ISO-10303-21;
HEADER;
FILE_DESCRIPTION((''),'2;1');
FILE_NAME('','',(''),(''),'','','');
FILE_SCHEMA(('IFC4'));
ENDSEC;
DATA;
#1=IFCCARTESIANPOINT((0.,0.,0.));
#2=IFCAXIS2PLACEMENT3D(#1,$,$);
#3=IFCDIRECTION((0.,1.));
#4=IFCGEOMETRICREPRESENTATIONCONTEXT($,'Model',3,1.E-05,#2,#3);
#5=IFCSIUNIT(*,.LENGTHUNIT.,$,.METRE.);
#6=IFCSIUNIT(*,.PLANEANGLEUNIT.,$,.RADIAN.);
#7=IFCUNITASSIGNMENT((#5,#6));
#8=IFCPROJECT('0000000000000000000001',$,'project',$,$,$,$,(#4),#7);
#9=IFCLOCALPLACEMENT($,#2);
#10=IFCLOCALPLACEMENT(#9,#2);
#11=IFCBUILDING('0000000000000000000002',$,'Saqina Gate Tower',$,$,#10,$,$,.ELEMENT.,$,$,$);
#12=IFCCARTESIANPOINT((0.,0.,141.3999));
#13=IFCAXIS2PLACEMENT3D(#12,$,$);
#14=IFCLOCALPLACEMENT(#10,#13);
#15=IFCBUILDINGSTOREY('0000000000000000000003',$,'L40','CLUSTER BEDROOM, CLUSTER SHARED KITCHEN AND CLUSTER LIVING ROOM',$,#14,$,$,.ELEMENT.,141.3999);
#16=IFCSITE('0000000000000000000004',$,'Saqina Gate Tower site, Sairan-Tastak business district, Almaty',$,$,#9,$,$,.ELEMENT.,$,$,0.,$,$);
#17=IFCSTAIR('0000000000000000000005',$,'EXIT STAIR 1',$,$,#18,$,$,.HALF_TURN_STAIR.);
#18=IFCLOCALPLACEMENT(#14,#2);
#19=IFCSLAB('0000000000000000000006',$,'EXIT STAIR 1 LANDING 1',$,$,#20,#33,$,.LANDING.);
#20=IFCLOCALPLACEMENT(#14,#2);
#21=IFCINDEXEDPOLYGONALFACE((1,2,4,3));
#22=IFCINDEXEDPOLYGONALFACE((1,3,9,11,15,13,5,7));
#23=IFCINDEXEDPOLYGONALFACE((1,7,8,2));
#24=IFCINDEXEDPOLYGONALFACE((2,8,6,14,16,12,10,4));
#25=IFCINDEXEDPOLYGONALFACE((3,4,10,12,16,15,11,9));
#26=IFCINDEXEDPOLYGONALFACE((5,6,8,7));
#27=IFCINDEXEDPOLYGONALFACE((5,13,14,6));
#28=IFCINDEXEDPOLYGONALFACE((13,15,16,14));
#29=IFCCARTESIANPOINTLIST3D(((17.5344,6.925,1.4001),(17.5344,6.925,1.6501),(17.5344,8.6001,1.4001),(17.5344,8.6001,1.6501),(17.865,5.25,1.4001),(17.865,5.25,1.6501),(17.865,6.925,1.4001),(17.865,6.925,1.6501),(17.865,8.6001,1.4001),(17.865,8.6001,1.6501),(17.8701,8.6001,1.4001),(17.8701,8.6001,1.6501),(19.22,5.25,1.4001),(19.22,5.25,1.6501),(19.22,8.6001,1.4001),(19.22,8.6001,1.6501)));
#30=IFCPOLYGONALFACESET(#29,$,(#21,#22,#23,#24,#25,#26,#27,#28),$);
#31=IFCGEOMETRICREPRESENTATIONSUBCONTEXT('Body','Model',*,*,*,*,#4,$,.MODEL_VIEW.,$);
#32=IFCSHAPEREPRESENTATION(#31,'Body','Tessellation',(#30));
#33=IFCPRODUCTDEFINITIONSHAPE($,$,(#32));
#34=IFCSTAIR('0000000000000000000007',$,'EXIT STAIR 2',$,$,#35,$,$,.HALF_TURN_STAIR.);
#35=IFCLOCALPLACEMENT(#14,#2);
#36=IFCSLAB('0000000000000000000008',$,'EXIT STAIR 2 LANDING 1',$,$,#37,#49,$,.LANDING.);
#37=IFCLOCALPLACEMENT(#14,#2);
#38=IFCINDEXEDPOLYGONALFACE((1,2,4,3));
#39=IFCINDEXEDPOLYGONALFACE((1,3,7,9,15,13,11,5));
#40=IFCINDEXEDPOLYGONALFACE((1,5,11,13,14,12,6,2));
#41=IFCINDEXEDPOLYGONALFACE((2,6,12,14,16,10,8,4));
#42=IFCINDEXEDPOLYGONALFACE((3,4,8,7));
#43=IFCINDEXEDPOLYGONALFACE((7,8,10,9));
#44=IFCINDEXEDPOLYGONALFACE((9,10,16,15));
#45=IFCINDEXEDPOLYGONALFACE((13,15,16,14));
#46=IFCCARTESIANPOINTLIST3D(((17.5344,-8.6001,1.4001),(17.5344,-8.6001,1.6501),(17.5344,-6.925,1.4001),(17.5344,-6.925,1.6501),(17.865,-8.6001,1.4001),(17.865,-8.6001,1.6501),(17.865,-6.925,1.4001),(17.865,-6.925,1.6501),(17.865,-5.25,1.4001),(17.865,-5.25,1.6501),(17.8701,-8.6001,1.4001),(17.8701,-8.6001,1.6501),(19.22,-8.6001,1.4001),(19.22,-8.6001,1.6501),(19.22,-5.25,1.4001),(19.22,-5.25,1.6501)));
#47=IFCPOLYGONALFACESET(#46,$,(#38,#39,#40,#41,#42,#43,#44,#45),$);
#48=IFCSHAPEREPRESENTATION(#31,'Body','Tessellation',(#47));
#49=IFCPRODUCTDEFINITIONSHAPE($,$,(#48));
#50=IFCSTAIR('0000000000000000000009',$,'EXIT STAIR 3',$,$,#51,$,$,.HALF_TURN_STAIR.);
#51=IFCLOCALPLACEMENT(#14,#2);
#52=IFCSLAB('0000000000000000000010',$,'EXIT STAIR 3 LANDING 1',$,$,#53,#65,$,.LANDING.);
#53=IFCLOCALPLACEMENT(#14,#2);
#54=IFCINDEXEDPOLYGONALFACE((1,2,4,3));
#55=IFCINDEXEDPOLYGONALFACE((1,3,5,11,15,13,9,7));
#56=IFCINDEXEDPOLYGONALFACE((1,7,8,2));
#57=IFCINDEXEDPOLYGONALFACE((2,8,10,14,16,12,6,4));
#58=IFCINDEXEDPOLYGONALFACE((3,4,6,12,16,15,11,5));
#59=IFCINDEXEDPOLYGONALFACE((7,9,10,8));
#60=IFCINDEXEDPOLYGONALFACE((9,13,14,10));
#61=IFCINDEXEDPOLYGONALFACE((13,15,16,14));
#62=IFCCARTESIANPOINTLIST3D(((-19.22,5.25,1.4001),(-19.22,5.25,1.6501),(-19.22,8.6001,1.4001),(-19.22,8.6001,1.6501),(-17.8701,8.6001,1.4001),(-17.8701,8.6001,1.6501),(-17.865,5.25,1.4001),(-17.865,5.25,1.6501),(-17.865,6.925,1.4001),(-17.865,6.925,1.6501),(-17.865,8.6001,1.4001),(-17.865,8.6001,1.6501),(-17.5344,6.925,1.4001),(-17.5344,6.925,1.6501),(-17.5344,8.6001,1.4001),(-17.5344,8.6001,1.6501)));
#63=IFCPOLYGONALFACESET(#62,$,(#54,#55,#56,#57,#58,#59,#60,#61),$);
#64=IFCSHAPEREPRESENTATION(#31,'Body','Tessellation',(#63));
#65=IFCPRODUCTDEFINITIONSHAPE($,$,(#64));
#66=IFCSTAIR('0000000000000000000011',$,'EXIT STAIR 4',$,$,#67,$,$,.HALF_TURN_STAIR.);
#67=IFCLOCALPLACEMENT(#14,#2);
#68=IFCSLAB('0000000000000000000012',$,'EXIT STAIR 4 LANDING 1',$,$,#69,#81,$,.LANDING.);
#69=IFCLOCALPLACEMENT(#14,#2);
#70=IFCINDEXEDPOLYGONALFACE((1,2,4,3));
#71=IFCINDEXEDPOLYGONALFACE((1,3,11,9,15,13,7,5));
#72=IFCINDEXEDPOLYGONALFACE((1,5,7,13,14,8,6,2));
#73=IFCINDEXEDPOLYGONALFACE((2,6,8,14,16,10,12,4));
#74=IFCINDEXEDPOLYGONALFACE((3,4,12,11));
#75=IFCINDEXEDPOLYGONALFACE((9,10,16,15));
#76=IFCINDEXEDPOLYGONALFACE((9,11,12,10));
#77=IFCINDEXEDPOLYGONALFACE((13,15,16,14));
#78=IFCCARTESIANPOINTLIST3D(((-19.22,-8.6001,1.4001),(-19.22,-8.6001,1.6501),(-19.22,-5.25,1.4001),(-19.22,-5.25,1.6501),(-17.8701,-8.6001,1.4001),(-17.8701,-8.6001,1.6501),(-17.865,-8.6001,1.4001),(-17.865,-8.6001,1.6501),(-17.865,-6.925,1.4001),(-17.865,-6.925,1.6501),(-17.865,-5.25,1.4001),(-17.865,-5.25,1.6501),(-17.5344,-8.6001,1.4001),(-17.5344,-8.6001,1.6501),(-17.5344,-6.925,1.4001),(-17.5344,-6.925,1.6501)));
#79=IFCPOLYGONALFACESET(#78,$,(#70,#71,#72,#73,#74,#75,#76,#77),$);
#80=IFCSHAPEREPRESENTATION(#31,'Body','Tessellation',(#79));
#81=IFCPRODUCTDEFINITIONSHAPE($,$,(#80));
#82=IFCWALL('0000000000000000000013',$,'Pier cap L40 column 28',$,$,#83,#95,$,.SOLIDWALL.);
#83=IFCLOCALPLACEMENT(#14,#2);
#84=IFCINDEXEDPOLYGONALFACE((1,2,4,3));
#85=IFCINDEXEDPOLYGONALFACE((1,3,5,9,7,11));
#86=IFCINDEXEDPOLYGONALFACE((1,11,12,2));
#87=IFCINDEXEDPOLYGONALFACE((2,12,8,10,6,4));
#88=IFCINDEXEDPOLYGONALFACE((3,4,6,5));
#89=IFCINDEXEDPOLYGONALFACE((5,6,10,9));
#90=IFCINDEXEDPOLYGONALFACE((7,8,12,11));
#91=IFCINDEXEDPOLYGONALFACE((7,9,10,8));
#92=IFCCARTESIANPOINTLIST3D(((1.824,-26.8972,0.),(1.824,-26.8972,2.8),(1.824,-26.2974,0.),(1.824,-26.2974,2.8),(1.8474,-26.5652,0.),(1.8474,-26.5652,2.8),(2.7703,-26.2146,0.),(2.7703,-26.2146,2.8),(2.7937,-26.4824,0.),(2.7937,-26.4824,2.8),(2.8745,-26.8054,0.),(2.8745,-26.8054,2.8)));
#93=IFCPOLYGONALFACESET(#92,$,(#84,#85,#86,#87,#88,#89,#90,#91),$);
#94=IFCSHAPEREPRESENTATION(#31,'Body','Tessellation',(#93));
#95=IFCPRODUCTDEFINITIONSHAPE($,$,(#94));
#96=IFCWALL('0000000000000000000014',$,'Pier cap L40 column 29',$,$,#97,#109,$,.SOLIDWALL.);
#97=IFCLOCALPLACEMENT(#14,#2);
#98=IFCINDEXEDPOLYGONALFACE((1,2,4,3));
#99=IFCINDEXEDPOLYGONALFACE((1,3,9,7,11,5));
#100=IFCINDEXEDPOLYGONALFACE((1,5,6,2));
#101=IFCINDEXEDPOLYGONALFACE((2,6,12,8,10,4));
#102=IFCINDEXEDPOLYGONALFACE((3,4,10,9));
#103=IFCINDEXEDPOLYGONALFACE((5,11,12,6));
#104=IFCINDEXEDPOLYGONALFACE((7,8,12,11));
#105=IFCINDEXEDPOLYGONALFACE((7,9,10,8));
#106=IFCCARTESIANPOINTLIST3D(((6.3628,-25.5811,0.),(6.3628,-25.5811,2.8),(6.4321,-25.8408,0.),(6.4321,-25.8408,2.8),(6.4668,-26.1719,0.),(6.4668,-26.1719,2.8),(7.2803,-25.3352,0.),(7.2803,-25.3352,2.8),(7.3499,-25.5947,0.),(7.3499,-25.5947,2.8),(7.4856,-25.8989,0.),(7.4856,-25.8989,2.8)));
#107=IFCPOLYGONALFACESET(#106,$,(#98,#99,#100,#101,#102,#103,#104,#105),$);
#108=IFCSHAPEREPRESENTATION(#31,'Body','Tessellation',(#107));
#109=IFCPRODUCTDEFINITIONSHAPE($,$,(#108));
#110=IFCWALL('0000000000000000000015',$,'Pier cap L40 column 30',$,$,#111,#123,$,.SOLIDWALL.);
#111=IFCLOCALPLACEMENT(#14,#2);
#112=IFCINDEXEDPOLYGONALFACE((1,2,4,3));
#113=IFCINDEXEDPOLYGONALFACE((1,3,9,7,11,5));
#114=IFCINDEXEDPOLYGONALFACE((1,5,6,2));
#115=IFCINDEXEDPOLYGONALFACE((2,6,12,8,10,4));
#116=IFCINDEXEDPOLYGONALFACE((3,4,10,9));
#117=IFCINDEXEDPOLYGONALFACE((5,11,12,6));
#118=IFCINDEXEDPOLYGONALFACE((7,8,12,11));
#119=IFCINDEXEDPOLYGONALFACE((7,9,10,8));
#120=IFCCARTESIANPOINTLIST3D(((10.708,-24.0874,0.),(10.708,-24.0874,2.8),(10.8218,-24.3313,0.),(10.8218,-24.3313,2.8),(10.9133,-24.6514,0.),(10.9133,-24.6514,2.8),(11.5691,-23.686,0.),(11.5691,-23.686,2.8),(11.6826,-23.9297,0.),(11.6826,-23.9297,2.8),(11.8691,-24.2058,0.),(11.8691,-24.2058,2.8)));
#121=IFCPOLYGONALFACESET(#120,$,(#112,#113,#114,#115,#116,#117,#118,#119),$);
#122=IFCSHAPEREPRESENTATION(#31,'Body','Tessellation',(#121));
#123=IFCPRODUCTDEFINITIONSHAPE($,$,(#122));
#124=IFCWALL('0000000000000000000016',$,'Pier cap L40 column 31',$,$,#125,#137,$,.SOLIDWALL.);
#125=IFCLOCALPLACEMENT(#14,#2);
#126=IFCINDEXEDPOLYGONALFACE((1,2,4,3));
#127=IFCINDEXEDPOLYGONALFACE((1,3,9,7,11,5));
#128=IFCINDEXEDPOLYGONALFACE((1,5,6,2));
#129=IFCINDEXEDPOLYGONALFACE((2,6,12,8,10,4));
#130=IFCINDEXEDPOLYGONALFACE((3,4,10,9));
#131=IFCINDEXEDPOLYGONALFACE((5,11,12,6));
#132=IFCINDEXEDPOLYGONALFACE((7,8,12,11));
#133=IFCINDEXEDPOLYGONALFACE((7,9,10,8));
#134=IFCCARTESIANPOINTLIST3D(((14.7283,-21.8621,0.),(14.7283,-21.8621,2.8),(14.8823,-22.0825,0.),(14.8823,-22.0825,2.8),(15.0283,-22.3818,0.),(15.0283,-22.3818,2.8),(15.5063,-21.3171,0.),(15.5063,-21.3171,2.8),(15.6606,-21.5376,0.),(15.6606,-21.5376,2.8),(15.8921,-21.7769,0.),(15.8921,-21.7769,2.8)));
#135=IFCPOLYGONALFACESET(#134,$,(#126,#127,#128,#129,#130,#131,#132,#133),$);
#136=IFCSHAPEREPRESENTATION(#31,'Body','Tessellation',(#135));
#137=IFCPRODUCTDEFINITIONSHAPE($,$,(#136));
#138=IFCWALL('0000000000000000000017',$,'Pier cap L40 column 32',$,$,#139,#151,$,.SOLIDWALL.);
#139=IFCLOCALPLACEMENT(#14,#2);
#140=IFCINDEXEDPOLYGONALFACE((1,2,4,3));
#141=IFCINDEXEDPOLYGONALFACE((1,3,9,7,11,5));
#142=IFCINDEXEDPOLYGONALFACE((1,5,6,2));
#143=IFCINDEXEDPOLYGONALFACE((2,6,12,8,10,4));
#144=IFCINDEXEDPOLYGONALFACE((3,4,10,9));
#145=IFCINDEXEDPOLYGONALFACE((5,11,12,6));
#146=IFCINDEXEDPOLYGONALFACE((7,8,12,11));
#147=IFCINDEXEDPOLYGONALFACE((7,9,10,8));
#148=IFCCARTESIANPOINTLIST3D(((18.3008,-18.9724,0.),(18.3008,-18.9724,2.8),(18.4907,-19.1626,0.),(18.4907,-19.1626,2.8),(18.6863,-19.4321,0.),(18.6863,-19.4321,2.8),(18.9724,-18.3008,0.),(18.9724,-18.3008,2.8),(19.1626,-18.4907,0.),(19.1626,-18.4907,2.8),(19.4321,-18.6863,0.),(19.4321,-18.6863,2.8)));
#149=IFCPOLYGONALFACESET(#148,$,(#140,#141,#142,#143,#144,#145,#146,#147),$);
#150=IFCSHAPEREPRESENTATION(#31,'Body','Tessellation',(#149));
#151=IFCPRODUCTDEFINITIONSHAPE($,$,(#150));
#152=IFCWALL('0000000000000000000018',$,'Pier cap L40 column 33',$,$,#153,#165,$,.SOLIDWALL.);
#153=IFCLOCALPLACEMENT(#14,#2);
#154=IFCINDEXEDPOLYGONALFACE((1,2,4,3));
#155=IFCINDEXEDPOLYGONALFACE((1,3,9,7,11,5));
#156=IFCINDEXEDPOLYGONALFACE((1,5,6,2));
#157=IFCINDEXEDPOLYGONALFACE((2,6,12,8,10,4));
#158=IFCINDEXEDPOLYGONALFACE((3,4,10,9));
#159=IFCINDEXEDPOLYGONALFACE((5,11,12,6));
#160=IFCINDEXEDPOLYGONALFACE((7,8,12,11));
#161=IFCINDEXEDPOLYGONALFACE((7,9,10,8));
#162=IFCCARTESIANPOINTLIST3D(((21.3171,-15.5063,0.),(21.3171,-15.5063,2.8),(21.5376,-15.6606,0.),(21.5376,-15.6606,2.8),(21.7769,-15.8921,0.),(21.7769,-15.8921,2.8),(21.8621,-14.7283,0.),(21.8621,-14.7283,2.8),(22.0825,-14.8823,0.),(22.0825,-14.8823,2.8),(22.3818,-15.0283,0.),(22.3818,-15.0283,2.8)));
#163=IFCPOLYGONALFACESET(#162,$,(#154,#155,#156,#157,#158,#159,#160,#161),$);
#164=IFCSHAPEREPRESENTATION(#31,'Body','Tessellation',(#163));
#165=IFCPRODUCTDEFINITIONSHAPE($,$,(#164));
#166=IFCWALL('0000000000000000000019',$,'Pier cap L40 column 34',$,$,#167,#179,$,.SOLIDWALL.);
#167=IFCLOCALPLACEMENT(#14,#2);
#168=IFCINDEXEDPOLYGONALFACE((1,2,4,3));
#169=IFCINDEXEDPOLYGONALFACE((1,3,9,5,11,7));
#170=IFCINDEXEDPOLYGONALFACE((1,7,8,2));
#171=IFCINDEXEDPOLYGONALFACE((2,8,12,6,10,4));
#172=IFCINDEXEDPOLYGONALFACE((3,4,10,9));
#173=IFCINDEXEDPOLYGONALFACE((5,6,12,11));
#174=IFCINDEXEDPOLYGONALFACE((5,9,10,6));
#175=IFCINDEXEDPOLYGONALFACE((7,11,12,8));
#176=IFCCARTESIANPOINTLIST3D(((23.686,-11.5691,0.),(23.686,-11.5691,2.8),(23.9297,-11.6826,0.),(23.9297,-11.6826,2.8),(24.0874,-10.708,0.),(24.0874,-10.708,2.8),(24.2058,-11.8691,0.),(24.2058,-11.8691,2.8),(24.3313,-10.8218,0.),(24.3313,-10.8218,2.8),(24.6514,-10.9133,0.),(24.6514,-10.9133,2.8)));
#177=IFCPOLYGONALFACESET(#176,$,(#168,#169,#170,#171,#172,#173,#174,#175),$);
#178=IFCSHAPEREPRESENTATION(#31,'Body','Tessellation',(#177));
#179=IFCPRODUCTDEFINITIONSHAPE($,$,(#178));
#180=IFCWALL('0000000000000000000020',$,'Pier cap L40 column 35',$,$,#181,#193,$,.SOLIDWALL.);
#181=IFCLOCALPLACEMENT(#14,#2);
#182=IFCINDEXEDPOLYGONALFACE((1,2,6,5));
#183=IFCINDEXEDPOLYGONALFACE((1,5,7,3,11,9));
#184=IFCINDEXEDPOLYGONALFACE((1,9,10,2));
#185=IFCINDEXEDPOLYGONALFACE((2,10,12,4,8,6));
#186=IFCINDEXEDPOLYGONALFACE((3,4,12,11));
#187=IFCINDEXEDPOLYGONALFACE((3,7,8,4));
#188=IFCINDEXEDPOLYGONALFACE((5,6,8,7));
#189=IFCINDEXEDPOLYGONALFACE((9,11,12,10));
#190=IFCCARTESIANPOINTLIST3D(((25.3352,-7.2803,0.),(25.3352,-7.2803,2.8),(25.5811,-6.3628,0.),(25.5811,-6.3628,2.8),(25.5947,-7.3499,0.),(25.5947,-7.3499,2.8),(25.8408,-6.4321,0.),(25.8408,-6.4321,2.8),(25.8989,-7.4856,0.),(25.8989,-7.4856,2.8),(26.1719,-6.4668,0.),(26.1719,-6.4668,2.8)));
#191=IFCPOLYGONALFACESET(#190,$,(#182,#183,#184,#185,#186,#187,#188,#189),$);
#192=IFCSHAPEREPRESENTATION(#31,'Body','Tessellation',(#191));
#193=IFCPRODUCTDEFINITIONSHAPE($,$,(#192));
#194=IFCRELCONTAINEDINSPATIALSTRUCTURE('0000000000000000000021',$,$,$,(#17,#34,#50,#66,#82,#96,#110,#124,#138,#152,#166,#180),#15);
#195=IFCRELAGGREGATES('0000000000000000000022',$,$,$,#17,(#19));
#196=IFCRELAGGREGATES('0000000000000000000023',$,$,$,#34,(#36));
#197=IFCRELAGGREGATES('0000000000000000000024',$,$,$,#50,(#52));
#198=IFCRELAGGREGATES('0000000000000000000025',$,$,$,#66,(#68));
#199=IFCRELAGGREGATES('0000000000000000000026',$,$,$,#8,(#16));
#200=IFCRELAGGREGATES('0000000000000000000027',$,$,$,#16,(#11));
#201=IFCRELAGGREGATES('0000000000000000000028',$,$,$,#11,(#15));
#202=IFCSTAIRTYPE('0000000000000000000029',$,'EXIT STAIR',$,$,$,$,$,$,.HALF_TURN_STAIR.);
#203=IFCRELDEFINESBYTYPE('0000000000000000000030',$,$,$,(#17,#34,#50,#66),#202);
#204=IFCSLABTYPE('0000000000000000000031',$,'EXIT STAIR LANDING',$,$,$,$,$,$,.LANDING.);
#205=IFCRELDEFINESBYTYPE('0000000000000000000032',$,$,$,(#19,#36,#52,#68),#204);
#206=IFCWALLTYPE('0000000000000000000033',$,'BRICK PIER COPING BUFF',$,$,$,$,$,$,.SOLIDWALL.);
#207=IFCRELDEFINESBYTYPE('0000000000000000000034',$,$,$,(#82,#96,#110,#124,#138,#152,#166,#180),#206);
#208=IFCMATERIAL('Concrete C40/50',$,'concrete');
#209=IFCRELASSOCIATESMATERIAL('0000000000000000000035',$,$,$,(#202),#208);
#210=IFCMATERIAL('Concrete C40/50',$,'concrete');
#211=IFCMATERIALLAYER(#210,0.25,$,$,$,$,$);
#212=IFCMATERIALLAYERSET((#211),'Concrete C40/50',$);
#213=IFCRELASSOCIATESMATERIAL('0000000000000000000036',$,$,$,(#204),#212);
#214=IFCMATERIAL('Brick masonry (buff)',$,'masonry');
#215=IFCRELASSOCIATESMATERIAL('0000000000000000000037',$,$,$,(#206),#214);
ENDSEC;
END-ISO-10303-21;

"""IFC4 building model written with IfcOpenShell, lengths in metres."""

from ifc_helpers import new_model, si_unit, direction, frame, origin, place, context, subcontext, project, spatial, polyline, outline, extrude, material, layer, layer_set, type_object, element, aggregate, save


model = new_model("IFC4")

# Units and contexts
model_context = context("Model", 3, precision=1e-05, world=origin(), true_north=direction((0.0, 1.0)))
body_context = subcontext(model_context, "Body", "Model", "MODEL_VIEW")
ifc_project = project(units=[si_unit("LENGTHUNIT", "METRE"), si_unit("PLANEANGLEUNIT", "RADIAN")], contexts=[model_context])

# Site, building, storey
site_placement = place(None, origin())
site = spatial("IfcSite", under=ifc_project, at=site_placement, Name="Saqina Gate Tower site, Sairan-Tastak business district, Almaty", CompositionType="ELEMENT", RefElevation=0.0)
building_placement = place(site_placement, origin())
building = spatial("IfcBuilding", under=site, at=building_placement, Name="Saqina Gate Tower", CompositionType="ELEMENT")
storey_placement = place(building_placement, frame((0.0, 0.0, 141.3999)))
storey = spatial("IfcBuildingStorey", under=building, at=storey_placement, Name="L40", Description="CLUSTER BEDROOM, CLUSTER SHARED KITCHEN AND CLUSTER LIVING ROOM", CompositionType="ELEMENT", Elevation=141.3999)

# Stairs, slabs
ifc_material_1 = material(Name="Concrete C40/50", Category="concrete")
stair_type = type_object("IfcStairType", Name="EXIT STAIR", PredefinedType="HALF_TURN_STAIR", material=ifc_material_1)
stair_1_placement = place(storey_placement, origin())
stair_1 = element("IfcStair", 1, at=stair_1_placement, inside=storey, type_object=stair_type, Name="EXIT STAIR 1", PredefinedType="HALF_TURN_STAIR")
ifc_material_2 = material(Name="Concrete C40/50", Category="concrete")
ifc_layer_1 = layer(ifc_material_2, 0.25)
ifc_layer_set_1 = layer_set([ifc_layer_1], Name="Concrete C40/50")
slab_type = type_object("IfcSlabType", Name="EXIT STAIR LANDING", PredefinedType="LANDING", material=ifc_layer_set_1)
slab_1_placement = place(storey_placement, frame((0.0, 0.0, 1.4001)))
slab_1 = element("IfcSlab", 2, at=slab_1_placement, type_object=slab_type, Name="EXIT STAIR 1 LANDING 1", PredefinedType="LANDING", context=body_context, shape_type="SweptSolid", body=[
    extrude(outline(polyline([(19.22, 8.6001), (19.22, 5.25), (17.865, 5.25), (17.865, 6.925), (17.5344, 6.925), (17.5344, 8.6001), (17.865, 8.6001), (17.8701, 8.6001), (19.22, 8.6001)])), origin(), (0.0, 0.0, 1.0), 0.25),
])
aggregate(stair_1, [slab_1])
stair_2_placement = place(storey_placement, origin())
stair_2 = element("IfcStair", 3, at=stair_2_placement, inside=storey, type_object=stair_type, Name="EXIT STAIR 2", PredefinedType="HALF_TURN_STAIR")
slab_2_placement = place(storey_placement, frame((0.0, 0.0, 1.4001)))
slab_2 = element("IfcSlab", 4, at=slab_2_placement, type_object=slab_type, Name="EXIT STAIR 2 LANDING 1", PredefinedType="LANDING", context=body_context, shape_type="SweptSolid", body=[
    extrude(outline(polyline([(17.5344, -8.6001), (17.5344, -6.925), (17.865, -6.925), (17.865, -5.25), (19.22, -5.25), (19.22, -8.6001), (17.8701, -8.6001), (17.865, -8.6001), (17.5344, -8.6001)])), origin(), (0.0, 0.0, 1.0), 0.25),
])
aggregate(stair_2, [slab_2])
stair_3_placement = place(storey_placement, origin())
stair_3 = element("IfcStair", 5, at=stair_3_placement, inside=storey, type_object=stair_type, Name="EXIT STAIR 3", PredefinedType="HALF_TURN_STAIR")
slab_3_placement = place(storey_placement, frame((0.0, 0.0, 1.4001)))
slab_3 = element("IfcSlab", 6, at=slab_3_placement, type_object=slab_type, Name="EXIT STAIR 3 LANDING 1", PredefinedType="LANDING", context=body_context, shape_type="SweptSolid", body=[
    extrude(outline(polyline([(-17.865, 5.25), (-19.22, 5.25), (-19.22, 8.6001), (-17.8701, 8.6001), (-17.865, 8.6001), (-17.5344, 8.6001), (-17.5344, 6.925), (-17.865, 6.925), (-17.865, 5.25)])), origin(), (0.0, 0.0, 1.0), 0.25),
])
aggregate(stair_3, [slab_3])
stair_4_placement = place(storey_placement, origin())
stair_4 = element("IfcStair", 7, at=stair_4_placement, inside=storey, type_object=stair_type, Name="EXIT STAIR 4", PredefinedType="HALF_TURN_STAIR")
slab_4_placement = place(storey_placement, frame((0.0, 0.0, 1.4001)))
slab_4 = element("IfcSlab", 8, at=slab_4_placement, type_object=slab_type, Name="EXIT STAIR 4 LANDING 1", PredefinedType="LANDING", context=body_context, shape_type="SweptSolid", body=[
    extrude(outline(polyline([(-17.5344, -6.925), (-17.5344, -8.6001), (-17.865, -8.6001), (-17.8701, -8.6001), (-19.22, -8.6001), (-19.22, -5.25), (-17.865, -5.25), (-17.865, -6.925), (-17.5344, -6.925)])), origin(), (0.0, 0.0, 1.0), 0.25),
])
aggregate(stair_4, [slab_4])

# Walls
ifc_material_3 = material(Name="Brick masonry (buff)", Category="masonry")
wall_type_1 = type_object("IfcWallType", Name="BRICK PIER COPING BUFF", PredefinedType="SOLIDWALL", material=ifc_material_3)
wall_1_placement = place(storey_placement, origin())
element("IfcWall", 9, at=wall_1_placement, inside=storey, type_object=wall_type_1, Name="Pier cap L40 column 28", PredefinedType="SOLIDWALL", context=body_context, shape_type="SweptSolid", body=[
    extrude(outline(polyline([(2.8745, -26.8054), (2.7703, -26.2146), (2.7937, -26.4824), (1.8474, -26.5652), (1.824, -26.2974), (1.824, -26.8972), (2.8745, -26.8054)])), origin(), (0.0, 0.0, 1.0), 2.8),
])
wall_2_placement = place(storey_placement, origin())
element("IfcWall", 10, at=wall_2_placement, inside=storey, type_object=wall_type_1, Name="Pier cap L40 column 29", PredefinedType="SOLIDWALL", context=body_context, shape_type="SweptSolid", body=[
    extrude(outline(polyline([(6.4668, -26.1719), (7.4856, -25.8989), (7.2803, -25.3352), (7.3499, -25.5947), (6.4321, -25.8408), (6.3628, -25.5811), (6.4668, -26.1719)])), origin(), (0.0, 0.0, 1.0), 2.8),
])
wall_3_placement = place(storey_placement, origin())
element("IfcWall", 11, at=wall_3_placement, inside=storey, type_object=wall_type_1, Name="Pier cap L40 column 30", PredefinedType="SOLIDWALL", context=body_context, shape_type="SweptSolid", body=[
    extrude(outline(polyline([(10.9133, -24.6514), (11.8691, -24.2058), (11.5691, -23.686), (11.6826, -23.9297), (10.8218, -24.3313), (10.708, -24.0874), (10.9133, -24.6514)])), origin(), (0.0, 0.0, 1.0), 2.8),
])
wall_4_placement = place(storey_placement, origin())
element("IfcWall", 12, at=wall_4_placement, inside=storey, type_object=wall_type_1, Name="Pier cap L40 column 31", PredefinedType="SOLIDWALL", context=body_context, shape_type="SweptSolid", body=[
    extrude(outline(polyline([(15.8921, -21.7769), (15.5063, -21.3171), (15.6606, -21.5376), (14.8823, -22.0825), (14.7283, -21.8621), (15.0283, -22.3818), (15.8921, -21.7769)])), origin(), (0.0, 0.0, 1.0), 2.8),
])
wall_5_placement = place(storey_placement, origin())
element("IfcWall", 13, at=wall_5_placement, inside=storey, type_object=wall_type_1, Name="Pier cap L40 column 32", PredefinedType="SOLIDWALL", context=body_context, shape_type="SweptSolid", body=[
    extrude(outline(polyline([(18.6863, -19.4321), (19.4321, -18.6863), (18.9724, -18.3008), (19.1626, -18.4907), (18.4907, -19.1626), (18.3008, -18.9724), (18.6863, -19.4321)])), origin(), (0.0, 0.0, 1.0), 2.8),
])
wall_6_placement = place(storey_placement, origin())
element("IfcWall", 14, at=wall_6_placement, inside=storey, type_object=wall_type_1, Name="Pier cap L40 column 33", PredefinedType="SOLIDWALL", context=body_context, shape_type="SweptSolid", body=[
    extrude(outline(polyline([(22.3818, -15.0283), (21.8621, -14.7283), (22.0825, -14.8823), (21.5376, -15.6606), (21.3171, -15.5063), (21.7769, -15.8921), (22.3818, -15.0283)])), origin(), (0.0, 0.0, 1.0), 2.8),
])
wall_7_placement = place(storey_placement, origin())
element("IfcWall", 15, at=wall_7_placement, inside=storey, type_object=wall_type_1, Name="Pier cap L40 column 34", PredefinedType="SOLIDWALL", context=body_context, shape_type="SweptSolid", body=[
    extrude(outline(polyline([(24.6514, -10.9133), (24.0874, -10.708), (24.3313, -10.8218), (23.9297, -11.6826), (23.686, -11.5691), (24.2058, -11.8691), (24.6514, -10.9133)])), origin(), (0.0, 0.0, 1.0), 2.8),
])
wall_8_placement = place(storey_placement, origin())
element("IfcWall", 16, at=wall_8_placement, inside=storey, type_object=wall_type_1, Name="Pier cap L40 column 35", PredefinedType="SOLIDWALL", context=body_context, shape_type="SweptSolid", body=[
    extrude(outline(polyline([(25.8989, -7.4856), (26.1719, -6.4668), (25.5811, -6.3628), (25.8408, -6.4321), (25.5947, -7.3499), (25.3352, -7.2803), (25.8989, -7.4856)])), origin(), (0.0, 0.0, 1.0), 2.8),
])

save(model, "model.ifc")
